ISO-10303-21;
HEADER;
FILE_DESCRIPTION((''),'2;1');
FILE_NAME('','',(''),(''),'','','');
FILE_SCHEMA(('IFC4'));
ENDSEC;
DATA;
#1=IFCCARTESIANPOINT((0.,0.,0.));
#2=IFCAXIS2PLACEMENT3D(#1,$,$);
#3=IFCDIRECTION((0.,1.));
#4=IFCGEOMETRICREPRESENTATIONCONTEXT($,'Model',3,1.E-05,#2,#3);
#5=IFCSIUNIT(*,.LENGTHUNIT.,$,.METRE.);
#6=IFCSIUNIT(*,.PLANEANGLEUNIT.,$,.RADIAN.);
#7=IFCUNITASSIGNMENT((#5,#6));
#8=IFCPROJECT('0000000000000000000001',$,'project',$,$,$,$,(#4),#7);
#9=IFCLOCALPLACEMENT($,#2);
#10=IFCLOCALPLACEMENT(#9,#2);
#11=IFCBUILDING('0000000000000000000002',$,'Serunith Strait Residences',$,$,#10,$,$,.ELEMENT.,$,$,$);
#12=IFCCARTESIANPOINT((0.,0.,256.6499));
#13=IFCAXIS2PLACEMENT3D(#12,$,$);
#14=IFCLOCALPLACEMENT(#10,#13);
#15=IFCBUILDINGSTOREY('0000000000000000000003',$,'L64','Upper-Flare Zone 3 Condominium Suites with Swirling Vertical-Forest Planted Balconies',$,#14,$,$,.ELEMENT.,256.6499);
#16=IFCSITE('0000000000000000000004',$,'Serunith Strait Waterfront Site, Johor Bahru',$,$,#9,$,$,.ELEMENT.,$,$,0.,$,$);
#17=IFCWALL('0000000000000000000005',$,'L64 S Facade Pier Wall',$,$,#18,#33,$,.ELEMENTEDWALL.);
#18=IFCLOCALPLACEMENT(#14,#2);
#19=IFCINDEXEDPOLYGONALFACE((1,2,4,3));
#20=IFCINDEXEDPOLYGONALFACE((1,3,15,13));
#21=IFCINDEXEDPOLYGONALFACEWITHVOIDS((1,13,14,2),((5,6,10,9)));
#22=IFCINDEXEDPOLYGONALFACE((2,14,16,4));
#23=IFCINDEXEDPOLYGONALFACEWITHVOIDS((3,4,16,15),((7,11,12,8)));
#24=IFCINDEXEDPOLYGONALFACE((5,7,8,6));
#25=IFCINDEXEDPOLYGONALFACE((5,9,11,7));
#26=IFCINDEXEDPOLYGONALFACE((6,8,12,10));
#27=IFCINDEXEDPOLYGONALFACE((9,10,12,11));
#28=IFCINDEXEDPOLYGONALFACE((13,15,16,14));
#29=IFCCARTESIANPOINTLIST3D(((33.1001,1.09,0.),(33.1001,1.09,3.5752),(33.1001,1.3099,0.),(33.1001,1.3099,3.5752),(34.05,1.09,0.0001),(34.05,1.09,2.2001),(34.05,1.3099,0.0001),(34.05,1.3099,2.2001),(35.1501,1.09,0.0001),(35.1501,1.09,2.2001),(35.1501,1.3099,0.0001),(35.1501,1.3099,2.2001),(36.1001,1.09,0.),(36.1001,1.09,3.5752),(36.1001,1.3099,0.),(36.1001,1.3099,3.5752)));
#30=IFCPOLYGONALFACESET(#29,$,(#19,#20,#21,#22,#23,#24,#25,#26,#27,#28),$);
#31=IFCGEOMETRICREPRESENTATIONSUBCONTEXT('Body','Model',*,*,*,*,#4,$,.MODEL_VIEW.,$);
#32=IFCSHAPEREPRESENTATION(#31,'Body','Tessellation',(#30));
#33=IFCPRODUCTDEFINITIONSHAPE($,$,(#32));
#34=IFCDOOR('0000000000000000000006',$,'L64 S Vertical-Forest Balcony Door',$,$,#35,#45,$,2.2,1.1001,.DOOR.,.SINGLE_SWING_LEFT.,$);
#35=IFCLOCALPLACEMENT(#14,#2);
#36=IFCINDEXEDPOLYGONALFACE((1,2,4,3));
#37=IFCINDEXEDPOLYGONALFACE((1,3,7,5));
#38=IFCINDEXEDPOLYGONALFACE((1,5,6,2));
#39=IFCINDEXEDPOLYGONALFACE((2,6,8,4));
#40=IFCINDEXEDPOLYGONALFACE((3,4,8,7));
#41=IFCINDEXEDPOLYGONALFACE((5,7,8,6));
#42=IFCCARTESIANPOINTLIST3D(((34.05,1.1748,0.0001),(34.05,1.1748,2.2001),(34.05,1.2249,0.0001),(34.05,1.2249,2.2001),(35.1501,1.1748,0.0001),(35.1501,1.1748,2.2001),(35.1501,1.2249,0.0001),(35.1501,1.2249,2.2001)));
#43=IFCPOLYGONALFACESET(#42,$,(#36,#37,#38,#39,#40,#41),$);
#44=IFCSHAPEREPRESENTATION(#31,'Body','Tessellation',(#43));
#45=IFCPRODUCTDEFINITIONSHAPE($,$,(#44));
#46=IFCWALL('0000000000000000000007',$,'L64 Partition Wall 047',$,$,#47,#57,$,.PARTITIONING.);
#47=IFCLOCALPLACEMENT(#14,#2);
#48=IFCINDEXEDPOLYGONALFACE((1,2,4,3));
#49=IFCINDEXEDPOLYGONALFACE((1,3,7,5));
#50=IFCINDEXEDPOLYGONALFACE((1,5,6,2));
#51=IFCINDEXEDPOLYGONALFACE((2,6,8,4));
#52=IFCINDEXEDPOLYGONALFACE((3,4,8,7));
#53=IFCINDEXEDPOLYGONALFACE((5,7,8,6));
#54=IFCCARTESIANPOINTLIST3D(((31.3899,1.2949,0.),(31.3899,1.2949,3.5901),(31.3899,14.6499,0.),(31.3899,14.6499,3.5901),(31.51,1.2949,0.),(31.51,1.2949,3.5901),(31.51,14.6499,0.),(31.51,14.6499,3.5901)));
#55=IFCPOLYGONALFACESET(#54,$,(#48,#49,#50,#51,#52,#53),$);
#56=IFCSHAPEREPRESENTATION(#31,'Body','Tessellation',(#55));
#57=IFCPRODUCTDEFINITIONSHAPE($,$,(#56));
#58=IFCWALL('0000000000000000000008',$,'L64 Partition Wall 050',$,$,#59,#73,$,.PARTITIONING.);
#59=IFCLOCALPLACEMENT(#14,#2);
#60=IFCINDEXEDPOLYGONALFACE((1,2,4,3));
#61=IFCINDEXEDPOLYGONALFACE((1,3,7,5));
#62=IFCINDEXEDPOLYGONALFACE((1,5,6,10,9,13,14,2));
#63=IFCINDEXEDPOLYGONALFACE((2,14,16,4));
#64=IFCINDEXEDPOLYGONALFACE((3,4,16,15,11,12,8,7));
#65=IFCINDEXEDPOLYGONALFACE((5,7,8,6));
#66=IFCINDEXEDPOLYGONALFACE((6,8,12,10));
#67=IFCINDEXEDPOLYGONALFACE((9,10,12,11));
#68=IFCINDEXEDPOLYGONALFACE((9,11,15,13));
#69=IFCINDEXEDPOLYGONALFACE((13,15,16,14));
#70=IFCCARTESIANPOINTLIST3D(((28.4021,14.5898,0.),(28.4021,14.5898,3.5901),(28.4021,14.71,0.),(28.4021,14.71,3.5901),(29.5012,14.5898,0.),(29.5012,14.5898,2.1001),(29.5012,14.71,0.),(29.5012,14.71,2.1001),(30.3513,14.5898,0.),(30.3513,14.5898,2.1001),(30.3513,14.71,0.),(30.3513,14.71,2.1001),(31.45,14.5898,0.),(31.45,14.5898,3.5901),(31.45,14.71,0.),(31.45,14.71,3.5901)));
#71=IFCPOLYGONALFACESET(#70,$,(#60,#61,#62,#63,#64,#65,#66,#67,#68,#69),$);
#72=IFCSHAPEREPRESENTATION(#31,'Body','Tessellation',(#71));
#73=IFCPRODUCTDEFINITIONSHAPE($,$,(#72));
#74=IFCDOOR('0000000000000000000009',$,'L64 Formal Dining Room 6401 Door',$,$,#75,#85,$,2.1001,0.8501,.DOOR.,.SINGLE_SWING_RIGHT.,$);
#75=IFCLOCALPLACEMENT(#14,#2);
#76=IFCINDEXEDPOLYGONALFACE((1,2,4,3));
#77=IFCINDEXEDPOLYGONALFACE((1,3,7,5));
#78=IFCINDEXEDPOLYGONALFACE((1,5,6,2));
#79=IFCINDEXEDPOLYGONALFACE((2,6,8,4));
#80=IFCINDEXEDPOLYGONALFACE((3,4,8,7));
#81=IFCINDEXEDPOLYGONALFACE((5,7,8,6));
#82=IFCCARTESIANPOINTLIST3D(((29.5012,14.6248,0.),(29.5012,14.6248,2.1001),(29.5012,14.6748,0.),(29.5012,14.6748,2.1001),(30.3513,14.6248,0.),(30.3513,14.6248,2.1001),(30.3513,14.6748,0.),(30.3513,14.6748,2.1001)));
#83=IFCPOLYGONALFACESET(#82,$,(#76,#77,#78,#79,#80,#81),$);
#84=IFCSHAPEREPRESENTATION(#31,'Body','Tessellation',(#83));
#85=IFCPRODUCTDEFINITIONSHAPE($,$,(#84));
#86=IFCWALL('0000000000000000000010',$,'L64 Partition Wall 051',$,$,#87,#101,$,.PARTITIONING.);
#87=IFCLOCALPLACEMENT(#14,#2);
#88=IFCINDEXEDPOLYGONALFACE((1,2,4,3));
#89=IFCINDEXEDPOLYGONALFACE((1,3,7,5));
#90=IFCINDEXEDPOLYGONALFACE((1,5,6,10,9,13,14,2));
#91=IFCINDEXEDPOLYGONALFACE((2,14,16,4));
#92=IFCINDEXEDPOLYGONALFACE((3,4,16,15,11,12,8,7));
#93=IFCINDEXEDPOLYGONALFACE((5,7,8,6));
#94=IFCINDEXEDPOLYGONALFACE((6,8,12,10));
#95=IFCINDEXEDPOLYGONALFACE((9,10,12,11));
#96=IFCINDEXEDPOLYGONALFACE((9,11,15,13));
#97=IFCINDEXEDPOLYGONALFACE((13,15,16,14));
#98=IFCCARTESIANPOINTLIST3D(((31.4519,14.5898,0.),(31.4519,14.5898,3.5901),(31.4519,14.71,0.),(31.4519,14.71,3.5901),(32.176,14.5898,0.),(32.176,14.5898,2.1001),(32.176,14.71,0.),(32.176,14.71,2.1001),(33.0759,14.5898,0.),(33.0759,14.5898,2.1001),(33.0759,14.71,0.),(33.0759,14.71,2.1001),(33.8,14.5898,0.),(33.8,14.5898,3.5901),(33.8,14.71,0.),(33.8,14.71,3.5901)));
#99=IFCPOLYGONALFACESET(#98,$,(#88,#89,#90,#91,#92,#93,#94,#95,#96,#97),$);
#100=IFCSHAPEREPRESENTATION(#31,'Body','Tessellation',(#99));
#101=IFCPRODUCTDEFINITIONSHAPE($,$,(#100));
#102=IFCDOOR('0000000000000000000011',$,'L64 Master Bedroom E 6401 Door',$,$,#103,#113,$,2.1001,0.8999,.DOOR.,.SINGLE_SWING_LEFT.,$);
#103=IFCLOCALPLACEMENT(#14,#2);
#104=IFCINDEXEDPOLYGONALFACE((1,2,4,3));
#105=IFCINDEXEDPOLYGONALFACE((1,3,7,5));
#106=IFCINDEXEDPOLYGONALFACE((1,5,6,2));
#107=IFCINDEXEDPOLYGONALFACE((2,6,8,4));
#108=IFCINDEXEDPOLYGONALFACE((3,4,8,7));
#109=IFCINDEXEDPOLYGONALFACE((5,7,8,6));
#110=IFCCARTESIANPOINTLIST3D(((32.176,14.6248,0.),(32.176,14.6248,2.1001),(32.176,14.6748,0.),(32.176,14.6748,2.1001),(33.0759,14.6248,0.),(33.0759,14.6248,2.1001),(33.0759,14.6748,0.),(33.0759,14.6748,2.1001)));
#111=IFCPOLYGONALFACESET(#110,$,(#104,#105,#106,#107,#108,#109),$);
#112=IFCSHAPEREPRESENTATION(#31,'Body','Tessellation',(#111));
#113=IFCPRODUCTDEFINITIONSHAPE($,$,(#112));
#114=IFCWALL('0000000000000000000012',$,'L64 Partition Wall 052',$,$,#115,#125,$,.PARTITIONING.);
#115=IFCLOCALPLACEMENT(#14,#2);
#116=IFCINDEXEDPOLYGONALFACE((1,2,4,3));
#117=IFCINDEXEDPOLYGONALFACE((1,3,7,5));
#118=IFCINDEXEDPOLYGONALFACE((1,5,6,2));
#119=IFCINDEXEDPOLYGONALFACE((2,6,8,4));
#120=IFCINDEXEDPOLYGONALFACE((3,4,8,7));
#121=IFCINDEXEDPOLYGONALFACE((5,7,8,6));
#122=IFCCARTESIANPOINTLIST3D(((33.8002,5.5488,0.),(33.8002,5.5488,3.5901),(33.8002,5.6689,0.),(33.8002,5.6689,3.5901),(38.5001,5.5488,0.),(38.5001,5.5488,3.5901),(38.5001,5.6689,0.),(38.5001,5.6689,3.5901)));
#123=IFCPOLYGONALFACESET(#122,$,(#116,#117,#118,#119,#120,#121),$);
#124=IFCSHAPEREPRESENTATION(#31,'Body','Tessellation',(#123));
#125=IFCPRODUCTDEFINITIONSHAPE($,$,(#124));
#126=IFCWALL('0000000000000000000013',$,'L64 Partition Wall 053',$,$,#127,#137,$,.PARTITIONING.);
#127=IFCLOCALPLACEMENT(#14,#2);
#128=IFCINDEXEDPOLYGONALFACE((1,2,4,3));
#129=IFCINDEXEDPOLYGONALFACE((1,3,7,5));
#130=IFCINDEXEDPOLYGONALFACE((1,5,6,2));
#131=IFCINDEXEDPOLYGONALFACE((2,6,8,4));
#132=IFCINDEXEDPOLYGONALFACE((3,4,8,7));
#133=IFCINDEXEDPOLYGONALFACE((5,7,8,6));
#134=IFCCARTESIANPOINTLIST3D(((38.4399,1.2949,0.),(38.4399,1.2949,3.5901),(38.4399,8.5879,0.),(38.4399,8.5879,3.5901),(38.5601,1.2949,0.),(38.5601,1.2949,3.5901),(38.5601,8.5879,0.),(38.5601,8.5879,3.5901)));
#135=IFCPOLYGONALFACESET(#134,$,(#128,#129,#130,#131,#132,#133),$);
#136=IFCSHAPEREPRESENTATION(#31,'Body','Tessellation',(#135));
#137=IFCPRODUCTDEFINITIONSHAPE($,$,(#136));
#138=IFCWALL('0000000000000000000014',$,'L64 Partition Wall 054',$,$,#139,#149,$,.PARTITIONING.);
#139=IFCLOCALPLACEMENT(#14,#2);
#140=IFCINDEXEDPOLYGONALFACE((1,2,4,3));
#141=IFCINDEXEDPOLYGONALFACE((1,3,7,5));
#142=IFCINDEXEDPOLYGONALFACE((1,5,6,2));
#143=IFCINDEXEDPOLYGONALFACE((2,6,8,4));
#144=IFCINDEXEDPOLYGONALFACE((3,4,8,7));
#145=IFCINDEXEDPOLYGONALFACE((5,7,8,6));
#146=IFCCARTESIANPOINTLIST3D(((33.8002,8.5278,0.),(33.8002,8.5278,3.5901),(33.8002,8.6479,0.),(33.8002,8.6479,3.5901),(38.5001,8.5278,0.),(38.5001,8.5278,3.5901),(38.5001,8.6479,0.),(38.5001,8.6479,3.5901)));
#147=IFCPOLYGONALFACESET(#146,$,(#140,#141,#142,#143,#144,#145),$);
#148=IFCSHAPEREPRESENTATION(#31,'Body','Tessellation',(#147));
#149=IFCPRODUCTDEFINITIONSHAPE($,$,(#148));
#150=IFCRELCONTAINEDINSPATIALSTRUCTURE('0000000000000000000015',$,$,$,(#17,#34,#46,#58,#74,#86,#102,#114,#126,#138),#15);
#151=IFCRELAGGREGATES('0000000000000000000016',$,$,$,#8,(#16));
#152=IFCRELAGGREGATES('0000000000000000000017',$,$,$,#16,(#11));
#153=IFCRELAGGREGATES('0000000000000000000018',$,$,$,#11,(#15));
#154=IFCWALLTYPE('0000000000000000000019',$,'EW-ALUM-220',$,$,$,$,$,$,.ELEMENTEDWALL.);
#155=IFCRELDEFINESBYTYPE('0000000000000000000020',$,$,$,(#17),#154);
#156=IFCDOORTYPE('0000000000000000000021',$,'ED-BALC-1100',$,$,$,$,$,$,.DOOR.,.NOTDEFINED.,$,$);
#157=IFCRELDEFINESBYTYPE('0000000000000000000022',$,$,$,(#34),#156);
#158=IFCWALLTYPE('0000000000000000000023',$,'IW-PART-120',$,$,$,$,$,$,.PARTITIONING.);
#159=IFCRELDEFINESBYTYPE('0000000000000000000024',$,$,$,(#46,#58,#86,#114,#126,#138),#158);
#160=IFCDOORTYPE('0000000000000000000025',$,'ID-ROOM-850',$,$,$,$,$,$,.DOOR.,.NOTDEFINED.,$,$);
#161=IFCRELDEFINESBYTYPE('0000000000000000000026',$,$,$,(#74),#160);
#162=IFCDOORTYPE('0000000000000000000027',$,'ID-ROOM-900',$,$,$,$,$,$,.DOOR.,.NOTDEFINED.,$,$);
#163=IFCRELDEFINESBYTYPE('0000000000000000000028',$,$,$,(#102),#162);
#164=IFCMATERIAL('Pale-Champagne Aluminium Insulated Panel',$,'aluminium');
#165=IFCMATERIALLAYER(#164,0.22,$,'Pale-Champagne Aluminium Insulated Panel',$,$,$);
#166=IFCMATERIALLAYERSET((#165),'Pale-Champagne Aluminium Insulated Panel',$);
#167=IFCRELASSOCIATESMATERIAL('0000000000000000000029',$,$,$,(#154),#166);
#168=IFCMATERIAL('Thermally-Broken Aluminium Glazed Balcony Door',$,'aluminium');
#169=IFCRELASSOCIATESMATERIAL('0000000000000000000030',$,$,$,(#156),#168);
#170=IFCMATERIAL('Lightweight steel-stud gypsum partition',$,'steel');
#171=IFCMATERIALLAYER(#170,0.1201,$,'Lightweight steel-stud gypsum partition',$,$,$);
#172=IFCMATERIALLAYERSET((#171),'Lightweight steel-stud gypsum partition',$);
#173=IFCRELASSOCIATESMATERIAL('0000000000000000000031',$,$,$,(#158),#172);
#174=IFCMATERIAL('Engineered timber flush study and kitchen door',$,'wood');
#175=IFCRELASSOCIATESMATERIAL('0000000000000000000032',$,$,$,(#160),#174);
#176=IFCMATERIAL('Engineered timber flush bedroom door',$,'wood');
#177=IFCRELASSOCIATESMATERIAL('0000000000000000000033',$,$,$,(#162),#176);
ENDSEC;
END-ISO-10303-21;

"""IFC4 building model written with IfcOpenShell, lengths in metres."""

from ifc_helpers import new_model, si_unit, direction, frame, frame_2d, origin, place, context, subcontext, project, spatial, rectangle, extrude, source, transform, mapped, material, layer, layer_set, type_object, element, fill, save


model = new_model("IFC4")

# Units and contexts
model_context = context("Model", 3, precision=1e-05, world=origin(), true_north=direction((0.0, 1.0)))
body_context = subcontext(model_context, "Body", "Model", "MODEL_VIEW")
ifc_project = project(units=[si_unit("LENGTHUNIT", "METRE"), si_unit("PLANEANGLEUNIT", "RADIAN")], contexts=[model_context])

# Site, building, storey
site_placement = place(None, origin())
site = spatial("IfcSite", under=ifc_project, at=site_placement, Name="Serunith Strait Waterfront Site, Johor Bahru", CompositionType="ELEMENT", RefElevation=0.0)
building_placement = place(site_placement, origin())
building = spatial("IfcBuilding", under=site, at=building_placement, Name="Serunith Strait Residences", CompositionType="ELEMENT")
storey_placement = place(building_placement, frame((0.0, 0.0, 256.6499)))
storey = spatial("IfcBuildingStorey", under=building, at=storey_placement, Name="L64", Description="Upper-Flare Zone 3 Condominium Suites with Swirling Vertical-Forest Planted Balconies", CompositionType="ELEMENT", Elevation=256.6499)

# Wall, opening, door
ifc_material_1 = material(Name="Pale-Champagne Aluminium Insulated Panel", Category="aluminium")
ifc_layer_1 = layer(ifc_material_1, 0.22, Name="Pale-Champagne Aluminium Insulated Panel")
ifc_layer_set_1 = layer_set([ifc_layer_1], Name="Pale-Champagne Aluminium Insulated Panel")
wall_type_1 = type_object("IfcWallType", Name="EW-ALUM-220", PredefinedType="ELEMENTEDWALL", material=ifc_layer_set_1)
wall_1_placement = place(storey_placement, frame((33.1001, 1.2, 0.0), z_axis=(0.0, 0.0, 1.0), x_axis=(1.0, 0.0, 0.0)))
wall_1 = element("IfcWall", 1, at=wall_1_placement, inside=storey, type_object=wall_type_1, Name="L64 S Facade Pier Wall", PredefinedType="ELEMENTEDWALL", context=body_context, shape_type="SweptSolid", body=[
    extrude(rectangle(XDim=3.0, YDim=0.22, at=frame_2d((1.5, 0.0))), origin(), (0.0, 0.0, 1.0), 3.5752),
])
opening_1_placement = place(wall_1_placement, frame((0.95, 0.0, 0.0)))
opening_1 = element("IfcOpeningElement", 2, at=opening_1_placement, cuts=wall_1, PredefinedType="OPENING", context=body_context, shape_type="SweptSolid", body=[
    extrude(rectangle(XDim=1.1001, YDim=2.2, at=frame_2d((0.55, 1.1001))), frame((0.0, 0.1201, 0.0), z_axis=(0.0, -1.0, 0.0), x_axis=(1.0, 0.0, 0.0)), (0.0, 0.0, 1.0), 0.24),
])
ifc_material_2 = material(Name="Thermally-Broken Aluminium Glazed Balcony Door", Category="aluminium")
door_type_1 = type_object("IfcDoorType", Name="ED-BALC-1100", OperationType="NOTDEFINED", PredefinedType="DOOR", material=ifc_material_2)
shared_shape_1 = source(origin(), body_context, "Body", "SweptSolid", [
    extrude(rectangle(XDim=1.1001, YDim=2.2, at=frame_2d((0.55, 1.1001))), frame((0.0, 0.0249, 0.0), z_axis=(0.0, -1.0, 0.0), x_axis=(1.0, 0.0, 0.0)), (0.0, 0.0, 1.0), 0.05),
])
door_1_placement = place(opening_1_placement, origin())
door_1 = element("IfcDoor", 3, at=door_1_placement, inside=storey, type_object=door_type_1, Name="L64 S Vertical-Forest Balcony Door", OperationType="SINGLE_SWING_LEFT", OverallHeight=2.2, OverallWidth=1.1001, PredefinedType="DOOR", context=body_context, shape_type="MappedRepresentation", body=[
    mapped(shared_shape_1, transform((0.0, 0.0, 0.0), scale=1.0)),
])
fill(opening_1, door_1)

# Wall
ifc_material_3 = material(Name="Lightweight steel-stud gypsum partition", Category="steel")
ifc_layer_2 = layer(ifc_material_3, 0.1201, Name="Lightweight steel-stud gypsum partition")
ifc_layer_set_2 = layer_set([ifc_layer_2], Name="Lightweight steel-stud gypsum partition")
wall_type_2 = type_object("IfcWallType", Name="IW-PART-120", PredefinedType="PARTITIONING", material=ifc_layer_set_2)
wall_2_placement = place(storey_placement, frame((31.45, 1.2949, 0.0), z_axis=(0.0, 0.0, 1.0), x_axis=(0.0, 1.0, 0.0)))
element("IfcWall", 4, at=wall_2_placement, inside=storey, type_object=wall_type_2, Name="L64 Partition Wall 047", PredefinedType="PARTITIONING", context=body_context, shape_type="SweptSolid", body=[
    extrude(rectangle(XDim=13.355, YDim=0.1201, at=frame_2d((6.6775, 0.0))), origin(), (0.0, 0.0, 1.0), 3.5901),
])

# Walls, openings, doors
wall_3_placement = place(storey_placement, frame((28.4021, 14.6499, 0.0), z_axis=(0.0, 0.0, 1.0), x_axis=(1.0, 0.0, 0.0)))
wall_3 = element("IfcWall", 5, at=wall_3_placement, inside=storey, type_object=wall_type_2, Name="L64 Partition Wall 050", PredefinedType="PARTITIONING", context=body_context, shape_type="SweptSolid", body=[
    extrude(rectangle(XDim=3.0479, YDim=0.1201, at=frame_2d((1.5239, 0.0))), origin(), (0.0, 0.0, 1.0), 3.5901),
])
opening_2_placement = place(wall_3_placement, frame((1.0991, 0.0, 0.0)))
opening_2 = element("IfcOpeningElement", 6, at=opening_2_placement, cuts=wall_3, PredefinedType="OPENING", context=body_context, shape_type="SweptSolid", body=[
    extrude(rectangle(XDim=0.8501, YDim=2.1001, at=frame_2d((0.425, 1.05))), frame((0.0, 0.0701, 0.0), z_axis=(0.0, -1.0, 0.0), x_axis=(1.0, 0.0, 0.0)), (0.0, 0.0, 1.0), 0.1401),
])
ifc_material_4 = material(Name="Engineered timber flush study and kitchen door", Category="wood")
door_type_2 = type_object("IfcDoorType", Name="ID-ROOM-850", OperationType="NOTDEFINED", PredefinedType="DOOR", material=ifc_material_4)
shared_shape_2 = source(origin(), body_context, "Body", "SweptSolid", [
    extrude(rectangle(XDim=0.8501, YDim=2.1001, at=frame_2d((0.425, 1.05))), frame((0.0, 0.0249, 0.0), z_axis=(0.0, -1.0, 0.0), x_axis=(1.0, 0.0, 0.0)), (0.0, 0.0, 1.0), 0.05),
])
door_2_placement = place(opening_2_placement, origin())
door_2 = element("IfcDoor", 7, at=door_2_placement, inside=storey, type_object=door_type_2, Name="L64 Formal Dining Room 6401 Door", OperationType="SINGLE_SWING_RIGHT", OverallHeight=2.1001, OverallWidth=0.8501, PredefinedType="DOOR", context=body_context, shape_type="MappedRepresentation", body=[
    mapped(shared_shape_2, transform((0.0, 0.0, 0.0), scale=1.0)),
])
fill(opening_2, door_2)
wall_4_placement = place(storey_placement, frame((31.4519, 14.6499, 0.0), z_axis=(0.0, 0.0, 1.0), x_axis=(1.0, 0.0, 0.0)))
wall_4 = element("IfcWall", 8, at=wall_4_placement, inside=storey, type_object=wall_type_2, Name="L64 Partition Wall 051", PredefinedType="PARTITIONING", context=body_context, shape_type="SweptSolid", body=[
    extrude(rectangle(XDim=2.3481, YDim=0.1201, at=frame_2d((1.1741, 0.0))), origin(), (0.0, 0.0, 1.0), 3.5901),
])
opening_3_placement = place(wall_4_placement, frame((0.7241, 0.0, 0.0)))
opening_3 = element("IfcOpeningElement", 9, at=opening_3_placement, cuts=wall_4, PredefinedType="OPENING", context=body_context, shape_type="SweptSolid", body=[
    extrude(rectangle(XDim=0.8999, YDim=2.1001, at=frame_2d((0.45, 1.05))), frame((0.0, 0.0701, 0.0), z_axis=(0.0, -1.0, 0.0), x_axis=(1.0, 0.0, 0.0)), (0.0, 0.0, 1.0), 0.1401),
])
ifc_material_5 = material(Name="Engineered timber flush bedroom door", Category="wood")
door_type_3 = type_object("IfcDoorType", Name="ID-ROOM-900", OperationType="NOTDEFINED", PredefinedType="DOOR", material=ifc_material_5)
shared_shape_3 = source(origin(), body_context, "Body", "SweptSolid", [
    extrude(rectangle(XDim=0.8999, YDim=2.1001, at=frame_2d((0.45, 1.05))), frame((0.0, 0.0249, 0.0), z_axis=(0.0, -1.0, 0.0), x_axis=(1.0, 0.0, 0.0)), (0.0, 0.0, 1.0), 0.05),
])
door_3_placement = place(opening_3_placement, origin())
door_3 = element("IfcDoor", 10, at=door_3_placement, inside=storey, type_object=door_type_3, Name="L64 Master Bedroom E 6401 Door", OperationType="SINGLE_SWING_LEFT", OverallHeight=2.1001, OverallWidth=0.8999, PredefinedType="DOOR", context=body_context, shape_type="MappedRepresentation", body=[
    mapped(shared_shape_3, transform((0.0, 0.0, 0.0), scale=1.0)),
])
fill(opening_3, door_3)

# Walls
wall_5_placement = place(storey_placement, frame((33.8, 5.6089, 0.0), z_axis=(0.0, 0.0, 1.0), x_axis=(1.0, 0.0, 0.0)))
element("IfcWall", 11, at=wall_5_placement, inside=storey, type_object=wall_type_2, Name="L64 Partition Wall 052", PredefinedType="PARTITIONING", context=body_context, shape_type="SweptSolid", body=[
    extrude(rectangle(XDim=4.7, YDim=0.1201, at=frame_2d((2.3501, 0.0))), origin(), (0.0, 0.0, 1.0), 3.5901),
])
wall_6_placement = place(storey_placement, frame((38.5, 1.2949, 0.0), z_axis=(0.0, 0.0, 1.0), x_axis=(0.0, 1.0, 0.0)))
element("IfcWall", 12, at=wall_6_placement, inside=storey, type_object=wall_type_2, Name="L64 Partition Wall 053", PredefinedType="PARTITIONING", context=body_context, shape_type="SweptSolid", body=[
    extrude(rectangle(XDim=7.293, YDim=0.1201, at=frame_2d((3.6465, 0.0))), origin(), (0.0, 0.0, 1.0), 3.5901),
])
wall_7_placement = place(storey_placement, frame((33.8, 8.5879, 0.0), z_axis=(0.0, 0.0, 1.0), x_axis=(1.0, 0.0, 0.0)))
element("IfcWall", 13, at=wall_7_placement, inside=storey, type_object=wall_type_2, Name="L64 Partition Wall 054", PredefinedType="PARTITIONING", context=body_context, shape_type="SweptSolid", body=[
    extrude(rectangle(XDim=4.7, YDim=0.1201, at=frame_2d((2.3501, 0.0))), origin(), (0.0, 0.0, 1.0), 3.5901),
])

save(model, "model.ifc")
